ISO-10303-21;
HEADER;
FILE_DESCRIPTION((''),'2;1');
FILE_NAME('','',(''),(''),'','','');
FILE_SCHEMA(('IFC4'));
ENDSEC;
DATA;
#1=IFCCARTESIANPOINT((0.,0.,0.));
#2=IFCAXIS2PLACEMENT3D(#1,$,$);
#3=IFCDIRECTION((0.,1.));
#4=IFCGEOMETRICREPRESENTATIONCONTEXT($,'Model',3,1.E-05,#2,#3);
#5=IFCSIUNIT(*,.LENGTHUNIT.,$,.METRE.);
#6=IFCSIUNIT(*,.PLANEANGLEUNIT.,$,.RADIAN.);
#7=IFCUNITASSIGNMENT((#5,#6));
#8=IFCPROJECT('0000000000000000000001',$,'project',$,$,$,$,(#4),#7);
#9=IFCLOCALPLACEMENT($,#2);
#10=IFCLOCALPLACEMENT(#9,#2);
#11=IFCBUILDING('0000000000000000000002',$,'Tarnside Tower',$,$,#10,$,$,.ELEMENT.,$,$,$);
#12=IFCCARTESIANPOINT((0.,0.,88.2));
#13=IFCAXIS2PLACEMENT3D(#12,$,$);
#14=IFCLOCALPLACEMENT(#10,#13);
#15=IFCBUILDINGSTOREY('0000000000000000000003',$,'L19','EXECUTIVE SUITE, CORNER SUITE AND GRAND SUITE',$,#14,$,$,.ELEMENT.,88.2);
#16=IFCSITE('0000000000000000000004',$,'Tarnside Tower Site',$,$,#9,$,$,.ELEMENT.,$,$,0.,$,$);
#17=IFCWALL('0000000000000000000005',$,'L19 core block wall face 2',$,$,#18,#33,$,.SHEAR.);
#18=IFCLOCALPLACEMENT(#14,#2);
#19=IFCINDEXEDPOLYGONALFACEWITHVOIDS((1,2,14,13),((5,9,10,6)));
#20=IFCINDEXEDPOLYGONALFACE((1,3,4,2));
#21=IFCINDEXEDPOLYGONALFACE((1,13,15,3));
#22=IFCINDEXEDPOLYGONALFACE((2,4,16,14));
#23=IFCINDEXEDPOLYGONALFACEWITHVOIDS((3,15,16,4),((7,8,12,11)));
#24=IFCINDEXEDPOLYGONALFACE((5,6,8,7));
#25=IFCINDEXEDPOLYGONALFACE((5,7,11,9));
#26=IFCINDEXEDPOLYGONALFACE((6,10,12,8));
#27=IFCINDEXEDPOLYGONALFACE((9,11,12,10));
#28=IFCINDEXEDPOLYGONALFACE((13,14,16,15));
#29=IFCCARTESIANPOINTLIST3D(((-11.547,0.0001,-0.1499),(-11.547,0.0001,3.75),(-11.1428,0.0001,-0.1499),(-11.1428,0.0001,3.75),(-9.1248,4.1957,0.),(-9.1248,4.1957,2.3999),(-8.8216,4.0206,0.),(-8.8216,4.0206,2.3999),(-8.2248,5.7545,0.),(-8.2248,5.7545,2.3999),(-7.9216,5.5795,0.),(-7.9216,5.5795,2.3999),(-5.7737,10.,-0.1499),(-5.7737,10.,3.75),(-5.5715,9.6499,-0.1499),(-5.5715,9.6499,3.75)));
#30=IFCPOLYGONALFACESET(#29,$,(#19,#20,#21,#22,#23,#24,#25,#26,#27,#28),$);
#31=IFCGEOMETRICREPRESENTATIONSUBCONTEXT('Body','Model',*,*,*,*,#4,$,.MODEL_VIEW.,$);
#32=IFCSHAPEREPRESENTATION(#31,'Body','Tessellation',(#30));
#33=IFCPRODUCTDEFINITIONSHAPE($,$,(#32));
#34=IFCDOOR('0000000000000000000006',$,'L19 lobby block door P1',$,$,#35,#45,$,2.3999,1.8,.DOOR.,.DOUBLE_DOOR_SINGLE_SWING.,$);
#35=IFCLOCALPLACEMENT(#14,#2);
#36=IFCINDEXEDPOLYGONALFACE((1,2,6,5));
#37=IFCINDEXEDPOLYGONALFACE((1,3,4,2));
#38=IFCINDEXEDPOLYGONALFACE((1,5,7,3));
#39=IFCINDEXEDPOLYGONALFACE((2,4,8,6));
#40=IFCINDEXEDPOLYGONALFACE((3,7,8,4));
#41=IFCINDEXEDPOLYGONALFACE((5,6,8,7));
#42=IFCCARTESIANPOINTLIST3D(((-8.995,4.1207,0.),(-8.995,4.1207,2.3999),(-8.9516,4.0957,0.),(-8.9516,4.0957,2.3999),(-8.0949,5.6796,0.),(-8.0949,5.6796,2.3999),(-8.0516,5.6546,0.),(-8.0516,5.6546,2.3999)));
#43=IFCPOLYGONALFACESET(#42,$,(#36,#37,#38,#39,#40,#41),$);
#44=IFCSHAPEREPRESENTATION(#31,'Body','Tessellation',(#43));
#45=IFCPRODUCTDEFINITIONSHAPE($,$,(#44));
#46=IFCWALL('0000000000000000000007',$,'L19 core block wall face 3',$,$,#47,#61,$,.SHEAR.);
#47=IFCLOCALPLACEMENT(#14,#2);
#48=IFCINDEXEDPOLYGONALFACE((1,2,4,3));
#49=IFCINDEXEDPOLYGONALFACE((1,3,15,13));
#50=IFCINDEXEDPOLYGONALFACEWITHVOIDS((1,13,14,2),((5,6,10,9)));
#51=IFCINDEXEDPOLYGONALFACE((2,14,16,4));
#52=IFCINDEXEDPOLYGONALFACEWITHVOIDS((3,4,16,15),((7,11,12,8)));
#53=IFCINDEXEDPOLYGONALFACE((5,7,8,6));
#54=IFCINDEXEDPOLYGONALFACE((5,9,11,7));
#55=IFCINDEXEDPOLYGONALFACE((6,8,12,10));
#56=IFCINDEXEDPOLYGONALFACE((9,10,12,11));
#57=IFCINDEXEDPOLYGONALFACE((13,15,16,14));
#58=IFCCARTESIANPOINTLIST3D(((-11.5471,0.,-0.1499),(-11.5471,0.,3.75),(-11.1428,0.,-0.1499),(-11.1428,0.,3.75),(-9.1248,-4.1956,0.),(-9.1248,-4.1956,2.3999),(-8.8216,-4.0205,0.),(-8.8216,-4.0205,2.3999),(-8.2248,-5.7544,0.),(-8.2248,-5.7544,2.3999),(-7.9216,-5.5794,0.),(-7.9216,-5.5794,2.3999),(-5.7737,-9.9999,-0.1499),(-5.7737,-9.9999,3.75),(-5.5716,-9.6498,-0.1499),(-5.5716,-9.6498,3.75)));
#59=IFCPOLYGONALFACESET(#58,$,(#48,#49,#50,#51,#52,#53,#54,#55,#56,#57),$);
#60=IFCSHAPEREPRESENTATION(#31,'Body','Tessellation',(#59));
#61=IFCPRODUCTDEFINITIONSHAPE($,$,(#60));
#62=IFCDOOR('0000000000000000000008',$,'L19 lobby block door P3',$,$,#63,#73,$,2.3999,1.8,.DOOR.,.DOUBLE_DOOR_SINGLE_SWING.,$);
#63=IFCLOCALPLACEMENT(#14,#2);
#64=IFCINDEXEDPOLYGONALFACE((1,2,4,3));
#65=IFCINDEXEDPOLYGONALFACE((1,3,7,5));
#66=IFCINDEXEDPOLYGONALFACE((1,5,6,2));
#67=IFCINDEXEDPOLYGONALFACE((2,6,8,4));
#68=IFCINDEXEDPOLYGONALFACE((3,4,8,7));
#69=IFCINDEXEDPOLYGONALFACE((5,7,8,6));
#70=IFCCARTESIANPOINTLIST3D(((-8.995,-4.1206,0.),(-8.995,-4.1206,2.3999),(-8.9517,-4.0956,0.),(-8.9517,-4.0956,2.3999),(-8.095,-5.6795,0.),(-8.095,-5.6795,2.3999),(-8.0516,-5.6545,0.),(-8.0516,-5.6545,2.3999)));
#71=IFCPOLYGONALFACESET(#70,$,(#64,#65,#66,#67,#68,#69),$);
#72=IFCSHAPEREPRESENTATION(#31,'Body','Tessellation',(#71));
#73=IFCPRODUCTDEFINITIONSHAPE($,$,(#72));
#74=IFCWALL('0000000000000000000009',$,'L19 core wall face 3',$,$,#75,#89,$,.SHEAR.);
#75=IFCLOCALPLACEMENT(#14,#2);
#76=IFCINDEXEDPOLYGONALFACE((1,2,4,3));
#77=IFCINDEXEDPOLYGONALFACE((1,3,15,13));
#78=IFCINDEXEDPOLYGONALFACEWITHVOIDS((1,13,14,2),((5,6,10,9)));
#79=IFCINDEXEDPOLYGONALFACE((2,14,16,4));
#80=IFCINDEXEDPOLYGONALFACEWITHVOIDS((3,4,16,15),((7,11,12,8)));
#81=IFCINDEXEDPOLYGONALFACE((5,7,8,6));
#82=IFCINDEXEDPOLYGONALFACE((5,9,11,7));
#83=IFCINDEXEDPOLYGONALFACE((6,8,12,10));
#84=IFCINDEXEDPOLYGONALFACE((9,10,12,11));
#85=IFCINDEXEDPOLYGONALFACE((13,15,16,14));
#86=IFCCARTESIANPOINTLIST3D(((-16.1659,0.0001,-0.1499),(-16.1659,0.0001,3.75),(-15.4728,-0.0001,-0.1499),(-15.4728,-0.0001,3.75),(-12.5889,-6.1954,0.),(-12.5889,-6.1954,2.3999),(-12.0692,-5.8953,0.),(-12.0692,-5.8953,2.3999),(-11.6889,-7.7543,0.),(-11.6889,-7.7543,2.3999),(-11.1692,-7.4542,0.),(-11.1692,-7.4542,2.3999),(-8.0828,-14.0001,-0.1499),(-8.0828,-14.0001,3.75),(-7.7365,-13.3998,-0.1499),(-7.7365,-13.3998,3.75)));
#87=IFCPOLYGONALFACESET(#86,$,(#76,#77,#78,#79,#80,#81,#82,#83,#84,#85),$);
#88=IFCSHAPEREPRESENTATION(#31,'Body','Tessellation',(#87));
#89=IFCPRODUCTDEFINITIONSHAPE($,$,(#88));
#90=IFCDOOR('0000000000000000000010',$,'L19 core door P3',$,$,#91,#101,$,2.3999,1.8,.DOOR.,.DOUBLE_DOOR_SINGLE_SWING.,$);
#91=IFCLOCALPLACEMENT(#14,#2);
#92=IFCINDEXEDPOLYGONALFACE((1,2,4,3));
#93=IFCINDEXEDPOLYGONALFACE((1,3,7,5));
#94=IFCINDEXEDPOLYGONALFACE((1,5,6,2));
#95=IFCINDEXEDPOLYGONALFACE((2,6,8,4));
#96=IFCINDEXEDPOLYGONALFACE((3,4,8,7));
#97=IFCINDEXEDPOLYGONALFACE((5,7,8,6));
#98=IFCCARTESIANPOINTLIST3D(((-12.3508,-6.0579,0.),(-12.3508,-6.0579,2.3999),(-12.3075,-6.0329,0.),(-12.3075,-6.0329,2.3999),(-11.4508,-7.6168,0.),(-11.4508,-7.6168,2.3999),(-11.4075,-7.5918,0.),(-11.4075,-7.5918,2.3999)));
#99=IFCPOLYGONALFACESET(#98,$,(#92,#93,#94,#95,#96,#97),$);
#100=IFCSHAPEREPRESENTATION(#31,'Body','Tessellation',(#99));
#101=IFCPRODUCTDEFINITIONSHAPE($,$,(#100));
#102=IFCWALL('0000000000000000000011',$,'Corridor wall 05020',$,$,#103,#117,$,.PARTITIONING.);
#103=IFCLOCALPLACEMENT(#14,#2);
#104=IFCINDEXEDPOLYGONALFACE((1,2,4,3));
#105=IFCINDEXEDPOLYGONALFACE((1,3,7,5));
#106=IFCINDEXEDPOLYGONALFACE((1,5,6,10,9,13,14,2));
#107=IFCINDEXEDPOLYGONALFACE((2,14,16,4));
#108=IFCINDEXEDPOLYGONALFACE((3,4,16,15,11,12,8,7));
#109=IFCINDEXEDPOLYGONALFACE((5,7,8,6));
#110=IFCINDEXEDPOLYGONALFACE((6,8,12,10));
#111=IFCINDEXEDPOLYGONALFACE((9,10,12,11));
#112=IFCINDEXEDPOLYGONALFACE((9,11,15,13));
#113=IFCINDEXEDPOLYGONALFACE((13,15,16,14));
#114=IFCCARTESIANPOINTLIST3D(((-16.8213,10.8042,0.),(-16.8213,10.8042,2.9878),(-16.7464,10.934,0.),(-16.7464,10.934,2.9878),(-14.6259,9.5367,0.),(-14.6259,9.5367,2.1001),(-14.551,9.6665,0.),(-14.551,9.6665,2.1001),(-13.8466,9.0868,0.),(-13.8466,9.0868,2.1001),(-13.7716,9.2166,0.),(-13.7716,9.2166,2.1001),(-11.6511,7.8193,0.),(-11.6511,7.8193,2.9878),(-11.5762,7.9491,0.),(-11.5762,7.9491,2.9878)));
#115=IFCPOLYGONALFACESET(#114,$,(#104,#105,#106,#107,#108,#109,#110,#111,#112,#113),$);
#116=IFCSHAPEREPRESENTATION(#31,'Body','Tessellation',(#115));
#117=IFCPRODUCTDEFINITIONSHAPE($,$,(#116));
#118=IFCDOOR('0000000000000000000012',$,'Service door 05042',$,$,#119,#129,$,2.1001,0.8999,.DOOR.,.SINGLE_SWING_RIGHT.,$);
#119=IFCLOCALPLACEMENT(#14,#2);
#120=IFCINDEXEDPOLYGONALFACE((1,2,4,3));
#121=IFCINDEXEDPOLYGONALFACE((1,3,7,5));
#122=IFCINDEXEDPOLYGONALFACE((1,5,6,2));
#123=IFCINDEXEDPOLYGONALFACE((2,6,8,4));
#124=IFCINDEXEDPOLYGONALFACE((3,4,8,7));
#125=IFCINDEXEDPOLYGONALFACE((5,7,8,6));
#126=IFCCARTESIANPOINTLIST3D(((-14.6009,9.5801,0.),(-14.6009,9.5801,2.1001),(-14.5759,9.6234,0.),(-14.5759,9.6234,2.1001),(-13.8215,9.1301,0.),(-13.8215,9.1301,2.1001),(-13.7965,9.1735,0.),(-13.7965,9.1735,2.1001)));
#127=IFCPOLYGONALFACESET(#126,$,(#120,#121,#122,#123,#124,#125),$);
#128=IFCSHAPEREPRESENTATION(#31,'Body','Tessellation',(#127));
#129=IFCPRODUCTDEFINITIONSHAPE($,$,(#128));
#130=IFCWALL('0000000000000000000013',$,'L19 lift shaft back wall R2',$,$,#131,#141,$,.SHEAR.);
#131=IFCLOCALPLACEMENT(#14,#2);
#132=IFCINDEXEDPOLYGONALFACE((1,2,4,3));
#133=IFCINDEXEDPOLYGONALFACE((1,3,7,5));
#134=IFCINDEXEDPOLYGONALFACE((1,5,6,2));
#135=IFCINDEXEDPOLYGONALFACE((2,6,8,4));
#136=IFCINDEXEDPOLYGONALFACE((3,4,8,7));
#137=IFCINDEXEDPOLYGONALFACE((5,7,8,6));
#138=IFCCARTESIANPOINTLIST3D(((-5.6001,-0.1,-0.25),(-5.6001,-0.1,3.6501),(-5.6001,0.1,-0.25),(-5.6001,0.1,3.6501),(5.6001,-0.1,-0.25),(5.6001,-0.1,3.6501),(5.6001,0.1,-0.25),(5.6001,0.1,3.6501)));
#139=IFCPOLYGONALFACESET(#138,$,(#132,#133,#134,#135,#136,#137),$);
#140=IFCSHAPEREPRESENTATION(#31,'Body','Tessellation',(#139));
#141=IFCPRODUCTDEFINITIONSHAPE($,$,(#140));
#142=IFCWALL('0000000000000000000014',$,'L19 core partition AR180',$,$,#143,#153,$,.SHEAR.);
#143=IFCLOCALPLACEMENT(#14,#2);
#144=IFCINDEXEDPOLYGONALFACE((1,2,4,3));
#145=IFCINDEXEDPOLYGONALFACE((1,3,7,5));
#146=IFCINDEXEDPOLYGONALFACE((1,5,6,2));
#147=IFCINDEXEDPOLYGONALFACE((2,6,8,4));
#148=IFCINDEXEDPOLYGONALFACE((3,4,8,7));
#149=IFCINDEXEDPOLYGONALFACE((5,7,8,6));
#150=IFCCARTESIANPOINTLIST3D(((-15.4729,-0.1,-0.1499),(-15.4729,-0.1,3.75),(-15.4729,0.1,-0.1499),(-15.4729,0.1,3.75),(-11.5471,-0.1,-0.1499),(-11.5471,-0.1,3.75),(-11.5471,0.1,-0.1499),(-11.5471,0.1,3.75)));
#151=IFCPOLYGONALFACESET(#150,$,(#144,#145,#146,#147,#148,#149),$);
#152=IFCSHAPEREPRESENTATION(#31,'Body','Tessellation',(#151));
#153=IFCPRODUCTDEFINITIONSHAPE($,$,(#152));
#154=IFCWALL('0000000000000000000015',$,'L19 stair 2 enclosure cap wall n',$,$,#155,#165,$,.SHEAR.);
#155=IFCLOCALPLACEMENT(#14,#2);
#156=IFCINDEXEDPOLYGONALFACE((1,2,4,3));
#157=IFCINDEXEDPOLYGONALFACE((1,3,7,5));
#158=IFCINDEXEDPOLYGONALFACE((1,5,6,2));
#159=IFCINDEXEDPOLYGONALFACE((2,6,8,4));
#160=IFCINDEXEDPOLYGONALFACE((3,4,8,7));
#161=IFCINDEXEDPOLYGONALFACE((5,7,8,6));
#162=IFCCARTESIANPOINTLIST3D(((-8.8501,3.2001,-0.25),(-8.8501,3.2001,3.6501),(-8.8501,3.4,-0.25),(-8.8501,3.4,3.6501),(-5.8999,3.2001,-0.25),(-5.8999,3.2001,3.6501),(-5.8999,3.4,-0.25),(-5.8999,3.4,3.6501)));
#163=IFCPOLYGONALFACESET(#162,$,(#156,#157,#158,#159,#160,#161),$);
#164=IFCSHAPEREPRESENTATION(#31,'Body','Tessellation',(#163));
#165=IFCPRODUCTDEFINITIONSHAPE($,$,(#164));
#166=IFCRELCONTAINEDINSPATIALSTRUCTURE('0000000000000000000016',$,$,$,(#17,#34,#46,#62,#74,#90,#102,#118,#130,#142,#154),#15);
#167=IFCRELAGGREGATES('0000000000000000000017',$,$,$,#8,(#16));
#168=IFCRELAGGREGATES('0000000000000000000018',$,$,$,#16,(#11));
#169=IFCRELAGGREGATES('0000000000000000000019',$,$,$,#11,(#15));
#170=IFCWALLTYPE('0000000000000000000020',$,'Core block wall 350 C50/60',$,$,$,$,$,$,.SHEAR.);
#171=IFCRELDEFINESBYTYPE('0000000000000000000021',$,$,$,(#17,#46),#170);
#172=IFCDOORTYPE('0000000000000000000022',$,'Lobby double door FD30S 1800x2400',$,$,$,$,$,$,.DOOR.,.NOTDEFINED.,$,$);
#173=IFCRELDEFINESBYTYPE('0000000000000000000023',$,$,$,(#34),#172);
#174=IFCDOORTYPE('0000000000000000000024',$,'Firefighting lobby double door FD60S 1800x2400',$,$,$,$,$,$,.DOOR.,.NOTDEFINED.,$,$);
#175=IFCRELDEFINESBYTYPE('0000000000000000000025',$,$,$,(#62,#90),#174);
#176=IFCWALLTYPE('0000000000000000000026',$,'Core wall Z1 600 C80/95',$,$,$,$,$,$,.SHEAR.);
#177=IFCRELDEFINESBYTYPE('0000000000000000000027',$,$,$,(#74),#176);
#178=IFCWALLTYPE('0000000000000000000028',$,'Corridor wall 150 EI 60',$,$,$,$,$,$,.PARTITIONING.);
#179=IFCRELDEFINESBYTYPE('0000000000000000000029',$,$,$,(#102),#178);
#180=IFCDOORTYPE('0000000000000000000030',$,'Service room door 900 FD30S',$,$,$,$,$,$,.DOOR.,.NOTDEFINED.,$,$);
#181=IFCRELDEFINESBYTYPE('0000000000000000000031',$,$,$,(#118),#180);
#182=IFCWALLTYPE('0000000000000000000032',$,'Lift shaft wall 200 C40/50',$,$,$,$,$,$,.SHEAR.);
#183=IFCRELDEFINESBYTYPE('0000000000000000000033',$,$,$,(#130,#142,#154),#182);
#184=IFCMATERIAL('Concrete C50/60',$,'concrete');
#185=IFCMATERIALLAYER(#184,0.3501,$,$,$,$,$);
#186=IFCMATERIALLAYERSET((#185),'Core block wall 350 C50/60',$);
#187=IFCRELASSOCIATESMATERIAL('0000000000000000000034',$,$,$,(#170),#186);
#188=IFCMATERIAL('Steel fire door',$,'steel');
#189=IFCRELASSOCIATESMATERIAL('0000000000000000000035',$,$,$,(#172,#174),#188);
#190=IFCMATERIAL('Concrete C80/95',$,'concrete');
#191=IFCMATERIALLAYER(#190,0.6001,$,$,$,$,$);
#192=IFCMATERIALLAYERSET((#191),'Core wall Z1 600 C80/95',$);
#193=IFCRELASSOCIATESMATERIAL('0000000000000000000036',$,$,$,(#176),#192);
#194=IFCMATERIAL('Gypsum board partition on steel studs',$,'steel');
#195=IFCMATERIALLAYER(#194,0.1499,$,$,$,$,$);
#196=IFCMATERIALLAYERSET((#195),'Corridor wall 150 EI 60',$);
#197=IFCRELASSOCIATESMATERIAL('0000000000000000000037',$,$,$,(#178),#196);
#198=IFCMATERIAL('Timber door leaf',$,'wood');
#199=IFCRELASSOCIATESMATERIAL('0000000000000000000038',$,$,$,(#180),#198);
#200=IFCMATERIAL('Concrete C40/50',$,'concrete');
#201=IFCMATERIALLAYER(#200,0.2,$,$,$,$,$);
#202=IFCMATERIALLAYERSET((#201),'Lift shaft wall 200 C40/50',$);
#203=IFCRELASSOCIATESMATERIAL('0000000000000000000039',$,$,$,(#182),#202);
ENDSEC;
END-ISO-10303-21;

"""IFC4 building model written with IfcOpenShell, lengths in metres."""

from ifc_helpers import new_model, si_unit, direction, frame, frame_2d, origin, place, context, subcontext, project, spatial, polyline, rectangle, outline, extrude, material, layer, layer_set, type_object, element, fill, save


model = new_model("IFC4")

# Units and contexts
model_context = context("Model", 3, precision=1e-05, world=origin(), true_north=direction((0.0, 1.0)))
body_context = subcontext(model_context, "Body", "Model", "MODEL_VIEW")
ifc_project = project(units=[si_unit("LENGTHUNIT", "METRE"), si_unit("PLANEANGLEUNIT", "RADIAN")], contexts=[model_context])

# Site, building, storey
site_placement = place(None, origin())
site = spatial("IfcSite", under=ifc_project, at=site_placement, Name="Tarnside Tower Site", CompositionType="ELEMENT", RefElevation=0.0)
building_placement = place(site_placement, origin())
building = spatial("IfcBuilding", under=site, at=building_placement, Name="Tarnside Tower", CompositionType="ELEMENT")
storey_placement = place(building_placement, frame((0.0, 0.0, 88.2)))
storey = spatial("IfcBuildingStorey", under=building, at=storey_placement, Name="L19", Description="EXECUTIVE SUITE, CORNER SUITE AND GRAND SUITE", CompositionType="ELEMENT", Elevation=88.2)

# Walls, openings, doors
ifc_material_1 = material(Name="Concrete C50/60", Category="concrete")
ifc_layer_1 = layer(ifc_material_1, 0.3501)
ifc_layer_set_1 = layer_set([ifc_layer_1], Name="Core block wall 350 C50/60")
wall_type_1 = type_object("IfcWallType", Name="Core block wall 350 C50/60", PredefinedType="SHEAR", material=ifc_layer_set_1)
wall_1_placement = place(storey_placement, frame((-5.6726, 9.825, -0.1499), z_axis=(0.0, 0.0, 1.0), x_axis=(-0.499995, -0.866028, 0.0)))
wall_1 = element("IfcWall", 1, at=wall_1_placement, inside=storey, type_object=wall_type_1, Name="L19 core block wall face 2", PredefinedType="SHEAR", context=body_context, shape_type="SweptSolid", body=[
    extrude(outline(polyline([(-0.1011, -0.175), (11.4458, -0.175), (11.2437, 0.175), (0.1011, 0.175), (-0.1011, -0.175)])), origin(), (0.0, 0.0, 1.0), 3.8999),
])
opening_1_placement = place(wall_1_placement, frame((4.8013, 0.0, 0.1499)))
opening_1 = element("IfcOpeningElement", 2, at=opening_1_placement, cuts=wall_1, PredefinedType="OPENING", context=body_context, shape_type="SweptSolid", body=[
    extrude(rectangle(XDim=1.8, YDim=2.3999, at=frame_2d((0.8999, 1.2))), frame((0.0, 0.1851, 0.0), z_axis=(0.0, -1.0, 0.0), x_axis=(1.0, 0.0, 0.0)), (0.0, 0.0, 1.0), 0.3701),
])
ifc_material_2 = material(Name="Steel fire door", Category="steel")
door_type_1 = type_object("IfcDoorType", Name="Lobby double door FD30S 1800x2400", OperationType="NOTDEFINED", PredefinedType="DOOR", material=ifc_material_2)
door_1_placement = place(opening_1_placement, origin())
door_1 = element("IfcDoor", 3, at=door_1_placement, inside=storey, type_object=door_type_1, Name="L19 lobby block door P1", OperationType="DOUBLE_DOOR_SINGLE_SWING", OverallHeight=2.3999, OverallWidth=1.8, PredefinedType="DOOR", context=body_context, shape_type="SweptSolid", body=[
    extrude(rectangle(XDim=1.8, YDim=2.3999, at=frame_2d((0.8999, 1.2))), frame((0.0, 0.0249, 0.0), z_axis=(0.0, -1.0, 0.0), x_axis=(1.0, 0.0, 0.0)), (0.0, 0.0, 1.0), 0.05),
])
fill(opening_1, door_1)
wall_2_placement = place(storey_placement, frame((-11.345, 0.0, -0.1499), z_axis=(0.0, 0.0, 1.0), x_axis=(0.499995, -0.866028, 0.0)))
wall_2 = element("IfcWall", 4, at=wall_2_placement, inside=storey, type_object=wall_type_1, Name="L19 core block wall face 3", PredefinedType="SHEAR", context=body_context, shape_type="SweptSolid", body=[
    extrude(outline(polyline([(-0.1011, -0.175), (11.4458, -0.175), (11.2437, 0.175), (0.1011, 0.175), (-0.1011, -0.175)])), origin(), (0.0, 0.0, 1.0), 3.8999),
])
opening_2_placement = place(wall_2_placement, frame((4.7437, 0.0, 0.1499)))
opening_2 = element("IfcOpeningElement", 5, at=opening_2_placement, cuts=wall_2, PredefinedType="OPENING", context=body_context, shape_type="SweptSolid", body=[
    extrude(rectangle(XDim=1.8, YDim=2.3999, at=frame_2d((0.8999, 1.2))), frame((0.0, 0.1851, 0.0), z_axis=(0.0, -1.0, 0.0), x_axis=(1.0, 0.0, 0.0)), (0.0, 0.0, 1.0), 0.3701),
])
door_type_2 = type_object("IfcDoorType", Name="Firefighting lobby double door FD60S 1800x2400", OperationType="NOTDEFINED", PredefinedType="DOOR", material=ifc_material_2)
door_2_placement = place(opening_2_placement, origin())
door_2 = element("IfcDoor", 6, at=door_2_placement, inside=storey, type_object=door_type_2, Name="L19 lobby block door P3", OperationType="DOUBLE_DOOR_SINGLE_SWING", OverallHeight=2.3999, OverallWidth=1.8, PredefinedType="DOOR", context=body_context, shape_type="SweptSolid", body=[
    extrude(rectangle(XDim=1.8, YDim=2.3999, at=frame_2d((0.8999, 1.2))), frame((0.0, 0.0249, 0.0), z_axis=(0.0, -1.0, 0.0), x_axis=(1.0, 0.0, 0.0)), (0.0, 0.0, 1.0), 0.05),
])
fill(opening_2, door_2)
ifc_material_3 = material(Name="Concrete C80/95", Category="concrete")
ifc_layer_2 = layer(ifc_material_3, 0.6001)
ifc_layer_set_2 = layer_set([ifc_layer_2], Name="Core wall Z1 600 C80/95")
wall_type_2 = type_object("IfcWallType", Name="Core wall Z1 600 C80/95", PredefinedType="SHEAR", material=ifc_layer_set_2)
wall_3_placement = place(storey_placement, frame((-15.8193, 0.0, -0.1499), z_axis=(0.0, 0.0, 1.0), x_axis=(0.5, -0.866025, 0.0)))
wall_3 = element("IfcWall", 7, at=wall_3_placement, inside=storey, type_object=wall_type_2, Name="L19 core wall face 3", PredefinedType="SHEAR", context=body_context, shape_type="SweptSolid", body=[
    extrude(outline(polyline([(-0.1733, -0.3), (15.9927, -0.3), (15.646, 0.3), (0.1733, 0.3), (-0.1733, -0.3)])), origin(), (0.0, 0.0, 1.0), 3.8999),
])
opening_3_placement = place(wall_3_placement, frame((6.9807, 0.0, 0.1499)))
opening_3 = element("IfcOpeningElement", 8, at=opening_3_placement, cuts=wall_3, PredefinedType="OPENING", context=body_context, shape_type="SweptSolid", body=[
    extrude(rectangle(XDim=1.8, YDim=2.3999, at=frame_2d((0.8999, 1.2))), frame((0.0, 0.3101, 0.0), z_axis=(0.0, -1.0, 0.0), x_axis=(1.0, 0.0, 0.0)), (0.0, 0.0, 1.0), 0.6201),
])
door_3_placement = place(opening_3_placement, origin())
door_3 = element("IfcDoor", 9, at=door_3_placement, inside=storey, type_object=door_type_2, Name="L19 core door P3", OperationType="DOUBLE_DOOR_SINGLE_SWING", OverallHeight=2.3999, OverallWidth=1.8, PredefinedType="DOOR", context=body_context, shape_type="SweptSolid", body=[
    extrude(rectangle(XDim=1.8, YDim=2.3999, at=frame_2d((0.8999, 1.2))), frame((0.0, 0.0249, 0.0), z_axis=(0.0, -1.0, 0.0), x_axis=(1.0, 0.0, 0.0)), (0.0, 0.0, 1.0), 0.05),
])
fill(opening_3, door_3)
ifc_material_4 = material(Name="Gypsum board partition on steel studs", Category="steel")
ifc_layer_3 = layer(ifc_material_4, 0.1499)
ifc_layer_set_3 = layer_set([ifc_layer_3], Name="Corridor wall 150 EI 60")
wall_type_3 = type_object("IfcWallType", Name="Corridor wall 150 EI 60", PredefinedType="PARTITIONING", material=ifc_layer_set_3)
wall_4_placement = place(storey_placement, frame((-11.6138, 7.8843, 0.0), z_axis=(0.0, 0.0, 1.0), x_axis=(-0.866035, 0.499983, 0.0)))
wall_4 = element("IfcWall", 10, at=wall_4_placement, inside=storey, type_object=wall_type_3, Name="Corridor wall 05020", PredefinedType="PARTITIONING", context=body_context, shape_type="SweptSolid", body=[
    extrude(rectangle(XDim=5.97, YDim=0.1499, at=frame_2d((2.9849, 0.0))), origin(), (0.0, 0.0, 1.0), 2.9878),
])
opening_4_placement = place(wall_4_placement, frame((2.5349, 0.0, 0.0)))
opening_4 = element("IfcOpeningElement", 11, at=opening_4_placement, cuts=wall_4, PredefinedType="OPENING", context=body_context, shape_type="SweptSolid", body=[
    extrude(rectangle(XDim=0.8999, YDim=2.1001, at=frame_2d((0.45, 1.05))), frame((0.0, 0.085, 0.0), z_axis=(0.0, -1.0, 0.0), x_axis=(1.0, 0.0, 0.0)), (0.0, 0.0, 1.0), 0.1699),
])
ifc_material_5 = material(Name="Timber door leaf", Category="wood")
door_type_3 = type_object("IfcDoorType", Name="Service room door 900 FD30S", OperationType="NOTDEFINED", PredefinedType="DOOR", material=ifc_material_5)
door_4_placement = place(opening_4_placement, origin())
door_4 = element("IfcDoor", 12, at=door_4_placement, inside=storey, type_object=door_type_3, Name="Service door 05042", OperationType="SINGLE_SWING_RIGHT", OverallHeight=2.1001, OverallWidth=0.8999, PredefinedType="DOOR", context=body_context, shape_type="SweptSolid", body=[
    extrude(rectangle(XDim=0.8999, YDim=2.1001, at=frame_2d((0.45, 1.05))), frame((0.0, 0.0249, 0.0), z_axis=(0.0, -1.0, 0.0), x_axis=(1.0, 0.0, 0.0)), (0.0, 0.0, 1.0), 0.05),
])
fill(opening_4, door_4)

# Walls
ifc_material_6 = material(Name="Concrete C40/50", Category="concrete")
ifc_layer_4 = layer(ifc_material_6, 0.2)
ifc_layer_set_4 = layer_set([ifc_layer_4], Name="Lift shaft wall 200 C40/50")
wall_type_4 = type_object("IfcWallType", Name="Lift shaft wall 200 C40/50", PredefinedType="SHEAR", material=ifc_layer_set_4)
wall_5_placement = place(storey_placement, frame((-5.6001, 0.0, -0.25), z_axis=(0.0, 0.0, 1.0), x_axis=(1.0, 0.0, 0.0)))
element("IfcWall", 13, at=wall_5_placement, inside=storey, type_object=wall_type_4, Name="L19 lift shaft back wall R2", PredefinedType="SHEAR", context=body_context, shape_type="SweptSolid", body=[
    extrude(rectangle(XDim=11.2002, YDim=0.2, at=frame_2d((5.6001, 0.0))), origin(), (0.0, 0.0, 1.0), 3.9001),
])
wall_6_placement = place(storey_placement, frame((-11.5471, 0.0, -0.1499), z_axis=(0.0, 0.0, 1.0), x_axis=(-1.0, 0.0, 0.0)))
element("IfcWall", 14, at=wall_6_placement, inside=storey, type_object=wall_type_4, Name="L19 core partition AR180", PredefinedType="SHEAR", context=body_context, shape_type="SweptSolid", body=[
    extrude(rectangle(XDim=3.9258, YDim=0.2, at=frame_2d((1.9629, 0.0))), origin(), (0.0, 0.0, 1.0), 3.8999),
])
wall_7_placement = place(storey_placement, frame((-8.8501, 3.3, -0.25), z_axis=(0.0, 0.0, 1.0), x_axis=(1.0, 0.0, 0.0)))
element("IfcWall", 15, at=wall_7_placement, inside=storey, type_object=wall_type_4, Name="L19 stair 2 enclosure cap wall n", PredefinedType="SHEAR", context=body_context, shape_type="SweptSolid", body=[
    extrude(rectangle(XDim=2.9502, YDim=0.2, at=frame_2d((1.4751, 0.0))), origin(), (0.0, 0.0, 1.0), 3.9001),
])

save(model, "model.ifc")
